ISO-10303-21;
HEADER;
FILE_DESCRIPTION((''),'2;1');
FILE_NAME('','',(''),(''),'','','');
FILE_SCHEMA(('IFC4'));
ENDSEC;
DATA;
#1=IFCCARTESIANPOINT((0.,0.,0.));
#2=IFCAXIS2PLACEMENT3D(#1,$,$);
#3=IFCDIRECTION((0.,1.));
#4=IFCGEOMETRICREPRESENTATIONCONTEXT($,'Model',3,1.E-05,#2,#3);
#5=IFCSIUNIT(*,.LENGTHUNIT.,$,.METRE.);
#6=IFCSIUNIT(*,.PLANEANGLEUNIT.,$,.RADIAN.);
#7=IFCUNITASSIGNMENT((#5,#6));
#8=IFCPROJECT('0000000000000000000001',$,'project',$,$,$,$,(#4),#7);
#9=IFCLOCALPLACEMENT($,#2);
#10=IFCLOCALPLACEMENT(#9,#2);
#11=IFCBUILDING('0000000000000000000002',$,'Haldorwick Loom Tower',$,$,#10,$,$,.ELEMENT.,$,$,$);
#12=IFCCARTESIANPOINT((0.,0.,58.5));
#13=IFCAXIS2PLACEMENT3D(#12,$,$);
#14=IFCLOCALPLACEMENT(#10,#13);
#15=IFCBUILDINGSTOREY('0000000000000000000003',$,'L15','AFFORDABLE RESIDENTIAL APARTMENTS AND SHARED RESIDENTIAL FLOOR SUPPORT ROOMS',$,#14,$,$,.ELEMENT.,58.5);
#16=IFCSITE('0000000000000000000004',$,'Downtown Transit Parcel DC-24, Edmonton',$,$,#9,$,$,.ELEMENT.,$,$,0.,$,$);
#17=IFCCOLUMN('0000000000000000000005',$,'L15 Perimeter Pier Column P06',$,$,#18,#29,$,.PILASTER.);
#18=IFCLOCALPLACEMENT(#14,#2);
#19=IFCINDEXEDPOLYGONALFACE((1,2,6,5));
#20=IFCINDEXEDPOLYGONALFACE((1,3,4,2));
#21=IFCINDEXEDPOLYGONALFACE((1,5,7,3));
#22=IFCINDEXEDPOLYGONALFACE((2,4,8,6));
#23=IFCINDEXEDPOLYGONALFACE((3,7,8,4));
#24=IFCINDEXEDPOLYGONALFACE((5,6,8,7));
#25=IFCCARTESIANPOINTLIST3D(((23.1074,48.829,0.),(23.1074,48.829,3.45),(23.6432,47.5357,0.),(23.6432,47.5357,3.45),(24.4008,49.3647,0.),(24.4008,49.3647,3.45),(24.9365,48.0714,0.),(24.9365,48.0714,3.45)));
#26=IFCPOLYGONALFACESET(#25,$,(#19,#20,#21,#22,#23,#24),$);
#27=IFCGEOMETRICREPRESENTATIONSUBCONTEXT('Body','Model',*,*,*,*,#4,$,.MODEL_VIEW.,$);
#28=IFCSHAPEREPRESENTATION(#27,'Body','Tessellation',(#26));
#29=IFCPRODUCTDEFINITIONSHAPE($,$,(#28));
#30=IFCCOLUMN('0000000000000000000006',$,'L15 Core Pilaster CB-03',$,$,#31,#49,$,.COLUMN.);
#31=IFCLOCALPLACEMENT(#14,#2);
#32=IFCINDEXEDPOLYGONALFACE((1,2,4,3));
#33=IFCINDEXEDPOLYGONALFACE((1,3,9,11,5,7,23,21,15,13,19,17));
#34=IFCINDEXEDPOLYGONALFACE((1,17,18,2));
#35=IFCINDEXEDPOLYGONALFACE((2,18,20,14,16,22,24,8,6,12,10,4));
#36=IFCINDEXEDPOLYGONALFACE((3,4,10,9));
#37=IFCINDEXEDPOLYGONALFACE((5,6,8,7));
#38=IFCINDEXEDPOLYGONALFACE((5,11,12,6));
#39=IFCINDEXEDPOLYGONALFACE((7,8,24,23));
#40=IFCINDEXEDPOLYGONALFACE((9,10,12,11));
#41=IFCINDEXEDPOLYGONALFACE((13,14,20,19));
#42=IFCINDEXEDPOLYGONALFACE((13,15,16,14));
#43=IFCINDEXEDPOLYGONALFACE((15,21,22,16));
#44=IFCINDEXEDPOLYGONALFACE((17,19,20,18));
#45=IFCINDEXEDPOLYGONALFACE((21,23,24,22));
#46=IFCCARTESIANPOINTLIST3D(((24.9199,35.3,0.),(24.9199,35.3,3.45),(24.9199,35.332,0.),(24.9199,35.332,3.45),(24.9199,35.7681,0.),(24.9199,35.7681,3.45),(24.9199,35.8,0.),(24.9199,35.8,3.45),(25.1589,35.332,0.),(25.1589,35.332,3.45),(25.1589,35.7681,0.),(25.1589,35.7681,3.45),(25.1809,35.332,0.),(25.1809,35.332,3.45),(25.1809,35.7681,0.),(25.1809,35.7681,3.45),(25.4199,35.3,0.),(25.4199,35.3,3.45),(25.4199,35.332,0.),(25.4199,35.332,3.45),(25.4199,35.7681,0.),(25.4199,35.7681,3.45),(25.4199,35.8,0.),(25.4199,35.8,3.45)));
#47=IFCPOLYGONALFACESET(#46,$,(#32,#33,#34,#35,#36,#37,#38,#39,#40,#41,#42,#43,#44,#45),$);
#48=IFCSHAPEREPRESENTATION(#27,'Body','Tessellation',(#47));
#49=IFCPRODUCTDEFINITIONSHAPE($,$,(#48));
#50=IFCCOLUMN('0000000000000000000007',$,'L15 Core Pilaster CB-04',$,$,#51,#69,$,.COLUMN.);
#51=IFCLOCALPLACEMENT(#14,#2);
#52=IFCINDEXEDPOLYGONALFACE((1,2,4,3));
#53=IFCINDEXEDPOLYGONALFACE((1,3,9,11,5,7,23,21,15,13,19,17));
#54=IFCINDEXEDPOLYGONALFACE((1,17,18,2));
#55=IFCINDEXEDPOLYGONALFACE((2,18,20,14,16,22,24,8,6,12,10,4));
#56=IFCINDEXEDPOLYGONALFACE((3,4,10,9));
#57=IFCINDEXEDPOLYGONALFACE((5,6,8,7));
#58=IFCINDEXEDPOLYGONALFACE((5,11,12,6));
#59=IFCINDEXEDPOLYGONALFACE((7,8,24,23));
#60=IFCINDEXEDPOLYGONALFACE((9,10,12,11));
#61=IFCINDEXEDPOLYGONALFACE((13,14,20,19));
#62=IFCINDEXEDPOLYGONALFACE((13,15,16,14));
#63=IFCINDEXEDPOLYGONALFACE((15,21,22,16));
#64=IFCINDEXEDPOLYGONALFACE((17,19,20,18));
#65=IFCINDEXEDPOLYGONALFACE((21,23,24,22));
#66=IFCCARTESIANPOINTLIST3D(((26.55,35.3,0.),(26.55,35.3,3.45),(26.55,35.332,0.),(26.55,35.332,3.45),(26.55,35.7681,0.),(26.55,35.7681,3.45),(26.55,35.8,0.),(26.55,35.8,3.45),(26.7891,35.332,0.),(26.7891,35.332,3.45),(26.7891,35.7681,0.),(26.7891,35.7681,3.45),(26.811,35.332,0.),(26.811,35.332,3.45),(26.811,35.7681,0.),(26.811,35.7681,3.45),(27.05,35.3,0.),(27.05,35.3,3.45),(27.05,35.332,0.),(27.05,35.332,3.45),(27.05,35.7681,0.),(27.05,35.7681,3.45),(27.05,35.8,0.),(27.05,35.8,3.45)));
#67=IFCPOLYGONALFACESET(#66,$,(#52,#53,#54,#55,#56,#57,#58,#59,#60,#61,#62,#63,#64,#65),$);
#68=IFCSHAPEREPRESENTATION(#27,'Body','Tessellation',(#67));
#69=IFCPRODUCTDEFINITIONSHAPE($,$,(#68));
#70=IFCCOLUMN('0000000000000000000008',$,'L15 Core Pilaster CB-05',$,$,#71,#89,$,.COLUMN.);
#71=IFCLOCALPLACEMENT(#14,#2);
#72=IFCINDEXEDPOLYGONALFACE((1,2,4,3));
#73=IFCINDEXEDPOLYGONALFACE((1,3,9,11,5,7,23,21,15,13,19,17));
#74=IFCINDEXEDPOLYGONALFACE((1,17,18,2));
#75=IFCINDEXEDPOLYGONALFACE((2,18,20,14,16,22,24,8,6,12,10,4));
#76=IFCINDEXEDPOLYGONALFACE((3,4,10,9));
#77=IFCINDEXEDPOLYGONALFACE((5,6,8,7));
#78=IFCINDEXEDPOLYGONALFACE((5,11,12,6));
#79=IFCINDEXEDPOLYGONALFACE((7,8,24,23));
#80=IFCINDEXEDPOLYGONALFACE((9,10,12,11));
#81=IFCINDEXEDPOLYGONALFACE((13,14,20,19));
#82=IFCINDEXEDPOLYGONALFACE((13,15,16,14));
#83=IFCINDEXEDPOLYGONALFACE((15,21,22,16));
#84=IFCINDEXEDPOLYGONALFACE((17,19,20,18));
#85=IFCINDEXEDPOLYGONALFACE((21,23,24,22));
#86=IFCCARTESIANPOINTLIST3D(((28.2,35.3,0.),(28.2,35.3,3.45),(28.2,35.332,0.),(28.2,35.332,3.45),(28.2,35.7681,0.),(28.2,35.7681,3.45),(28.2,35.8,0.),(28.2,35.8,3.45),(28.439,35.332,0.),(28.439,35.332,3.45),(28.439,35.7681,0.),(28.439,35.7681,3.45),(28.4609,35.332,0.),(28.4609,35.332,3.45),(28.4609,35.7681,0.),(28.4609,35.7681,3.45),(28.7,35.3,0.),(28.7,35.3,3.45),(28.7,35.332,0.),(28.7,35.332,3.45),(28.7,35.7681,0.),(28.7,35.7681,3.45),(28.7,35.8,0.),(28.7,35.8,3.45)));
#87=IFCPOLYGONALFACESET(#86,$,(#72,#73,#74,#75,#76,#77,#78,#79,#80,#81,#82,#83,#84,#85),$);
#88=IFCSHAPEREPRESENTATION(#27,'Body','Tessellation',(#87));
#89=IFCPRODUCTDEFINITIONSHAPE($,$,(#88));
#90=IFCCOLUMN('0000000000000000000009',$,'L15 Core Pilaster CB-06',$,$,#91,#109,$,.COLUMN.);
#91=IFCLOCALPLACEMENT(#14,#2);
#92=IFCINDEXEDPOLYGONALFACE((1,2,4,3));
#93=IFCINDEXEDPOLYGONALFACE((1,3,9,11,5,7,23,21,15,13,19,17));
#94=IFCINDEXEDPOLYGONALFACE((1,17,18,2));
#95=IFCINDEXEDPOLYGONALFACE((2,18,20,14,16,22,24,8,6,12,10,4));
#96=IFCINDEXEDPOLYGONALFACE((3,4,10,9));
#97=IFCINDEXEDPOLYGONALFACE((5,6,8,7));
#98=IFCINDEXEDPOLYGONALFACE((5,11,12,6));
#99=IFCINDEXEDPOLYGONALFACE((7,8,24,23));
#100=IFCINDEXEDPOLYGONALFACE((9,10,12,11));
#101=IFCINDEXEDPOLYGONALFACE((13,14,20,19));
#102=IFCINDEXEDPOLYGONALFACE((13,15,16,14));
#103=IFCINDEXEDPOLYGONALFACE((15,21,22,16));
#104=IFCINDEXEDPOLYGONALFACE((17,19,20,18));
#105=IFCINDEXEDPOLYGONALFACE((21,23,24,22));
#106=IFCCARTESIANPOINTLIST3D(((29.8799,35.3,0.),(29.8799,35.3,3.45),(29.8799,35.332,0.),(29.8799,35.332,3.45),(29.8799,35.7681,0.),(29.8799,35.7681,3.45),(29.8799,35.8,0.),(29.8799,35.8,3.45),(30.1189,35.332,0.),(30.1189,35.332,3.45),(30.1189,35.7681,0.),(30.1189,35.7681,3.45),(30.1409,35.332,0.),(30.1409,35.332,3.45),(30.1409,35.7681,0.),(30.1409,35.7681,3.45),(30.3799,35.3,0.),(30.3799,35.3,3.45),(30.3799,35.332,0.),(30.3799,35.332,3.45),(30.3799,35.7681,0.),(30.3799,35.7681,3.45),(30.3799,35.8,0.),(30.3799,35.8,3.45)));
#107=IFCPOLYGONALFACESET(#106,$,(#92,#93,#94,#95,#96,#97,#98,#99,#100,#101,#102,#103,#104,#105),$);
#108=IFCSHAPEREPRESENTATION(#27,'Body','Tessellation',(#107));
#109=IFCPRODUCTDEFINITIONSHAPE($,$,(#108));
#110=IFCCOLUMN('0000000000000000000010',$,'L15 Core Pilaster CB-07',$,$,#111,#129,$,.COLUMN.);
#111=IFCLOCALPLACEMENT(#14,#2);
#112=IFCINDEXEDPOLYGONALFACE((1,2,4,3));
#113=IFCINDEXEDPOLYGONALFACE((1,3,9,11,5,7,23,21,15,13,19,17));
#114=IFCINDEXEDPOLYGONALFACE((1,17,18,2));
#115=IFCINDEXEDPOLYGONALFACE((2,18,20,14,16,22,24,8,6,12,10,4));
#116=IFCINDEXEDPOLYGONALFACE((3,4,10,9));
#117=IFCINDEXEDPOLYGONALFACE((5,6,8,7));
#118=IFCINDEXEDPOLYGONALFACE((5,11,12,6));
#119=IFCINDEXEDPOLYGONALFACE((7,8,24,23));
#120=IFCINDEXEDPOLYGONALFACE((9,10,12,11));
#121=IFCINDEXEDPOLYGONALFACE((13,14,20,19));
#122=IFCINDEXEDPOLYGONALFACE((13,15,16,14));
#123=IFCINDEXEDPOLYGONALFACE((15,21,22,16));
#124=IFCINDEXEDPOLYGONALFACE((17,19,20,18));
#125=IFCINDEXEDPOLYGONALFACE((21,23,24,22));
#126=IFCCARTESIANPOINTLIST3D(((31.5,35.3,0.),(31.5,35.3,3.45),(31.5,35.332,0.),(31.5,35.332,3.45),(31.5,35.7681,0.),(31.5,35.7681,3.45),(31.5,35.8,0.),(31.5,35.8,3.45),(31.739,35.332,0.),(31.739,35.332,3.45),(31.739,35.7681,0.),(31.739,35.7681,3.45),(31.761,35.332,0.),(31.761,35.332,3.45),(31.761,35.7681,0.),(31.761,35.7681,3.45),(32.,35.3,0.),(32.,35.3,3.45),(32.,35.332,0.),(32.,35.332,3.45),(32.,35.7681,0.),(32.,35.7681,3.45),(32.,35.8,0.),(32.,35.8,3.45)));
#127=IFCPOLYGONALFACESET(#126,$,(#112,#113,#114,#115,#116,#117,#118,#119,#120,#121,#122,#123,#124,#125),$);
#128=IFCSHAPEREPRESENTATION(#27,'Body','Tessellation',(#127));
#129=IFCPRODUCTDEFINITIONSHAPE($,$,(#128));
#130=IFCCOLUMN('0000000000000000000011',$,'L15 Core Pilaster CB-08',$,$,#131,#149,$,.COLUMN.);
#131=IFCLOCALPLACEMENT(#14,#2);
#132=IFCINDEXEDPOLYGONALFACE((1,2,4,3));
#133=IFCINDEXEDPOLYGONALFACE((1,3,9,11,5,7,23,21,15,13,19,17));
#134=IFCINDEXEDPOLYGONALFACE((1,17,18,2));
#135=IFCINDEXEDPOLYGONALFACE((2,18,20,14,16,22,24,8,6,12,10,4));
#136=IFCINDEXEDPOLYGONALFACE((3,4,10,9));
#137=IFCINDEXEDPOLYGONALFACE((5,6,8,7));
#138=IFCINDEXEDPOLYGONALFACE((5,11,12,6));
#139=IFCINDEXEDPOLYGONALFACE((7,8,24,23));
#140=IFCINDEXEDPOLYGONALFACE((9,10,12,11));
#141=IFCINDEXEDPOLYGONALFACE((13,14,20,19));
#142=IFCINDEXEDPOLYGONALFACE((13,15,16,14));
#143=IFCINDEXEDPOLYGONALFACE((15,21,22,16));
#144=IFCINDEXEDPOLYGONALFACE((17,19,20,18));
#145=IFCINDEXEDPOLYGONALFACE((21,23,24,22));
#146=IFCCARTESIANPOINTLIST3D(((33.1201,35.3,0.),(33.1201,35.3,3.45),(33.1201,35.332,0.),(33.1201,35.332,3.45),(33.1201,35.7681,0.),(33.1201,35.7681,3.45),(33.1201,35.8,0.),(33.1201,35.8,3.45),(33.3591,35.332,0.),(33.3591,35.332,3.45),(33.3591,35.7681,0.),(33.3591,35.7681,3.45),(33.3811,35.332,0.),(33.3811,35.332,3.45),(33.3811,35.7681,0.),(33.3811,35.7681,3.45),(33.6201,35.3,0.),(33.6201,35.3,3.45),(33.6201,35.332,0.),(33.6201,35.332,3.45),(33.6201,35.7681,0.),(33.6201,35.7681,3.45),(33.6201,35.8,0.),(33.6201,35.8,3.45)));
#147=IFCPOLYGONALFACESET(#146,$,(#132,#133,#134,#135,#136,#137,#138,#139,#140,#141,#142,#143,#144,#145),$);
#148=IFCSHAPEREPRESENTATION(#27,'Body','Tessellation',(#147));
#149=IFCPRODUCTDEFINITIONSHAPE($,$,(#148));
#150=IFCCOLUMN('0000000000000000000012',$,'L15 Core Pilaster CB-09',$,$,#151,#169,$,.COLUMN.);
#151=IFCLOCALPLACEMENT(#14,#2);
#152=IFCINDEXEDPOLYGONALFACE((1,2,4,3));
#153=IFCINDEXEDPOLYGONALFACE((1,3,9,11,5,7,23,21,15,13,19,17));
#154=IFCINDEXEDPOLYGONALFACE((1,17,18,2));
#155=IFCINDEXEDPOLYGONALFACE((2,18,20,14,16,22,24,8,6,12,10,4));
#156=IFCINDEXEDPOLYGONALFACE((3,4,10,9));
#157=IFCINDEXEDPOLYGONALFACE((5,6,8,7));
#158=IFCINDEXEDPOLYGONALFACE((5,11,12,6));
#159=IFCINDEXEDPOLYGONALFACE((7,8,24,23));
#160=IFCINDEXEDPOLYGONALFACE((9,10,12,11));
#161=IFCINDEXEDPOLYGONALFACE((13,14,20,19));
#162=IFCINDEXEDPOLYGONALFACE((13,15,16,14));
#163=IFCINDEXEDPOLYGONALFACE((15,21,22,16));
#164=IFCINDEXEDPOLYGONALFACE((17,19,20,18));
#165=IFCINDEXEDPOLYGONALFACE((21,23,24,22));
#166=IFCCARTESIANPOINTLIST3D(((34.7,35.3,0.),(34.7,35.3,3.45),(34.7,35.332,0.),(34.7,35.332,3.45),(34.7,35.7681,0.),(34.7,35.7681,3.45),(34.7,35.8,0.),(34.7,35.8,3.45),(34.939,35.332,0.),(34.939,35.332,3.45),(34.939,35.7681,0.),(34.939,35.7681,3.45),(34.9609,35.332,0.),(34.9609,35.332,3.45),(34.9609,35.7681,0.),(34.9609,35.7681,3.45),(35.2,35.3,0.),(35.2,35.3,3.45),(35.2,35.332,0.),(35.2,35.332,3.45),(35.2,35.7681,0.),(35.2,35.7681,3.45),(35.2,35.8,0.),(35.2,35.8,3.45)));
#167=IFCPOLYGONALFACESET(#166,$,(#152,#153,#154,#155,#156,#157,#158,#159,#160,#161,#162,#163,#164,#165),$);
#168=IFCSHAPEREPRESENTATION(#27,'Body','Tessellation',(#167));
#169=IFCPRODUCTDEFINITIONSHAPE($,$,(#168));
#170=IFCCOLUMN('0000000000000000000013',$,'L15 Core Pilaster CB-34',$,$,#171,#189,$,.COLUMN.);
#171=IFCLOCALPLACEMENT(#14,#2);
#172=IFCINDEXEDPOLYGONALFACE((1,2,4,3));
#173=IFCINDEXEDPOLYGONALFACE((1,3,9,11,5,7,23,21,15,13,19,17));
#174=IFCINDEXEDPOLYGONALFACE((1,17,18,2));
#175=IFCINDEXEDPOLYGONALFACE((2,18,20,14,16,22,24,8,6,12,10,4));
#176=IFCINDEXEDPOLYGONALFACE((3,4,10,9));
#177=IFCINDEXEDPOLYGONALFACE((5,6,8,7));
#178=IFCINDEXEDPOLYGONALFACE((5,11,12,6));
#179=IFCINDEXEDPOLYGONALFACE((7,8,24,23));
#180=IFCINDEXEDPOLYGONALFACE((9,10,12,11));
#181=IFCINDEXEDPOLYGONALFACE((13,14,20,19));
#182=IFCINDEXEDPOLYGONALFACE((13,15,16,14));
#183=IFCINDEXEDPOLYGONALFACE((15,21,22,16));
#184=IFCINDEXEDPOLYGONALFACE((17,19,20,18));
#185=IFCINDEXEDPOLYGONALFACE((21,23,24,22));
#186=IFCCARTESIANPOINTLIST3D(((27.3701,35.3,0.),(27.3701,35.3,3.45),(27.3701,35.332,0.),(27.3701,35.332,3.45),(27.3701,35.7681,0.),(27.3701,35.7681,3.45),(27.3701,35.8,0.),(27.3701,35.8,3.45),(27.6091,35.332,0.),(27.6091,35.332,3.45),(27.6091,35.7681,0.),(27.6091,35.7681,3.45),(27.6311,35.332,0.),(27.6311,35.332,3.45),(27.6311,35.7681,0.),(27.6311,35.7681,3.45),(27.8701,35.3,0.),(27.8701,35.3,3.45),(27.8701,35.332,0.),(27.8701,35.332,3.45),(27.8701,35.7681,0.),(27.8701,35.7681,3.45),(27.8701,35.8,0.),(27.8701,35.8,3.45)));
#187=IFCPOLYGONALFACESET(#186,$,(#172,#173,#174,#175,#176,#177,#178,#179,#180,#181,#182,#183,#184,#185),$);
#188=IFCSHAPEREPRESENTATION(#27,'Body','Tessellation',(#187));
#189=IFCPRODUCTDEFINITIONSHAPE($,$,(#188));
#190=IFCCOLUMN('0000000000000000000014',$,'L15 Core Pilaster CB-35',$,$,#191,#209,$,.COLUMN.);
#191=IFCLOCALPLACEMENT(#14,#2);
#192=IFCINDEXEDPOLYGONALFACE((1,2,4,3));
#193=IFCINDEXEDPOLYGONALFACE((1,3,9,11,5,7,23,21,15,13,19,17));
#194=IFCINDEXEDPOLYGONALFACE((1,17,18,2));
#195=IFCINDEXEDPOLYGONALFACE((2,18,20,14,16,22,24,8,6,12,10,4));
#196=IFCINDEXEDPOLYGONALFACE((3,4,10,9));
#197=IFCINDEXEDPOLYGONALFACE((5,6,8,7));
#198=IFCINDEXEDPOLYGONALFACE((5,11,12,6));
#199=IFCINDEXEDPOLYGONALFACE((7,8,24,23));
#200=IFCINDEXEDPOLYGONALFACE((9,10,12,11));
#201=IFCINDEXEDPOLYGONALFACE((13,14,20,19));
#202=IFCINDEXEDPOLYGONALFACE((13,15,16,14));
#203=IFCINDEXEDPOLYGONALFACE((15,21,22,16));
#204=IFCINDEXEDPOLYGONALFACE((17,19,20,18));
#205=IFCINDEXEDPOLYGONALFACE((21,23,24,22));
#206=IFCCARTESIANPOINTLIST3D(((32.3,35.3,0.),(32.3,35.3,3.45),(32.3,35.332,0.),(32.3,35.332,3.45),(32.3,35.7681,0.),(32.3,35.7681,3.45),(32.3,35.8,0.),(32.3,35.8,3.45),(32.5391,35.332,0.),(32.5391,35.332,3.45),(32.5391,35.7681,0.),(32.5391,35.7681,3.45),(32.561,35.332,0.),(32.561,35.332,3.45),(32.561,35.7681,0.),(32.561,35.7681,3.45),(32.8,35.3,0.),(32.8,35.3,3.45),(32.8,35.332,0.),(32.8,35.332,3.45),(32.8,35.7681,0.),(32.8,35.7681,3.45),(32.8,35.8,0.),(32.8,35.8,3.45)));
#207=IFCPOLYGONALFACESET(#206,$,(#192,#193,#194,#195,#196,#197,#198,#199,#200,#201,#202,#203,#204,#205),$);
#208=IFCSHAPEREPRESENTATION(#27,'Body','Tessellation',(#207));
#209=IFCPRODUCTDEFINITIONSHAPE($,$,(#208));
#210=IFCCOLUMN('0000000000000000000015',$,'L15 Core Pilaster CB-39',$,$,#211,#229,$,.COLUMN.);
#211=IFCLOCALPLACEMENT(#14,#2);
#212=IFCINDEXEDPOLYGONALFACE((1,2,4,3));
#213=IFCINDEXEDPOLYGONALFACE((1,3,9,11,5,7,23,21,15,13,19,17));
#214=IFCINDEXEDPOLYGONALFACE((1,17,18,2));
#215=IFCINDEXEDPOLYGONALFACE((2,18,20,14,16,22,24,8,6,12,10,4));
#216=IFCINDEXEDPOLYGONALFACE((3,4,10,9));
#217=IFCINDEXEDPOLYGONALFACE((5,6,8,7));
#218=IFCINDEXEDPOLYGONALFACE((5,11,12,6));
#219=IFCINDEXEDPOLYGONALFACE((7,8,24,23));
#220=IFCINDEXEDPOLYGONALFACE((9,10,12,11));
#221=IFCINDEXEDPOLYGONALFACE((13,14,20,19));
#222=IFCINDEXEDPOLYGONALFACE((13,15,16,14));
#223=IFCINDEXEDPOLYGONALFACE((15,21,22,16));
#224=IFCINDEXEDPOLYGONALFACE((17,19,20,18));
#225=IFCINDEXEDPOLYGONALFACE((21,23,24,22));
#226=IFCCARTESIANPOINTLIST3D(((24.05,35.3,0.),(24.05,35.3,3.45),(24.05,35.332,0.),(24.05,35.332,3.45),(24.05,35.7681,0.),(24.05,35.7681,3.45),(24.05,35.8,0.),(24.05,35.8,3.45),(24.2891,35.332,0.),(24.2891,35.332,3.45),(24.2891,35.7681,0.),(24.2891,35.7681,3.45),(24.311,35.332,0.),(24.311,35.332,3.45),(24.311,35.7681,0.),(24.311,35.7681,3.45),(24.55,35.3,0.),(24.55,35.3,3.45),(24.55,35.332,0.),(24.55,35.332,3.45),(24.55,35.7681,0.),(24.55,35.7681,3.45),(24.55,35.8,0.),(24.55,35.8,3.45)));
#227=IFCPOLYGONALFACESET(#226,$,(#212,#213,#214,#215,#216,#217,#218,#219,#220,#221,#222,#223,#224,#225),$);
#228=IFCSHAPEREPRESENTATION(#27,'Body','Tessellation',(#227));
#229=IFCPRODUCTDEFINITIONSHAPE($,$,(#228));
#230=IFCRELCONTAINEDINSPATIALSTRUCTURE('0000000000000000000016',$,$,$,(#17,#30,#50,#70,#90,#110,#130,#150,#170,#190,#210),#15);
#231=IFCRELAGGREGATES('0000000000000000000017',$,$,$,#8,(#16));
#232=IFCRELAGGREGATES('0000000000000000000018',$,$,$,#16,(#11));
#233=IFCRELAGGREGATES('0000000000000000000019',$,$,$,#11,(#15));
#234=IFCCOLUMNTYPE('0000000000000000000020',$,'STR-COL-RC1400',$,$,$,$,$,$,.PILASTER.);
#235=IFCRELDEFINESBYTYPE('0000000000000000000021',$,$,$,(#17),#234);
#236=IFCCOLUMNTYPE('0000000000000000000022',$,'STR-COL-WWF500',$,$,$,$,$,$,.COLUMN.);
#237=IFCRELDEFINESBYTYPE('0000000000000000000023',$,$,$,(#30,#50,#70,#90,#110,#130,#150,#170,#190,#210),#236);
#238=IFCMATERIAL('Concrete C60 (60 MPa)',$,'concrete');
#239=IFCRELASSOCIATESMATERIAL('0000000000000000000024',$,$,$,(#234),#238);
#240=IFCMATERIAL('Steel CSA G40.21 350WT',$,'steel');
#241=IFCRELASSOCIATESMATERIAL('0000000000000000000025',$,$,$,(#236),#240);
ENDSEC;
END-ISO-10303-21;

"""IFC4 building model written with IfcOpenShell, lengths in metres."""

from ifc_helpers import new_model, si_unit, direction, frame, origin, origin_2d, place, context, subcontext, project, spatial, rectangle, i_section, extrude, material, material_profile, profile_set, type_object, element, save


model = new_model("IFC4")

# Units and contexts
model_context = context("Model", 3, precision=1e-05, world=origin(), true_north=direction((0.0, 1.0)))
body_context = subcontext(model_context, "Body", "Model", "MODEL_VIEW")
ifc_project = project(units=[si_unit("LENGTHUNIT", "METRE"), si_unit("PLANEANGLEUNIT", "RADIAN")], contexts=[model_context])

# Site, building, storey
site_placement = place(None, origin())
site = spatial("IfcSite", under=ifc_project, at=site_placement, Name="Downtown Transit Parcel DC-24, Edmonton", CompositionType="ELEMENT", RefElevation=0.0)
building_placement = place(site_placement, origin())
building = spatial("IfcBuilding", under=site, at=building_placement, Name="Haldorwick Loom Tower", CompositionType="ELEMENT")
storey_placement = place(building_placement, frame((0.0, 0.0, 58.5)))
storey = spatial("IfcBuildingStorey", under=building, at=storey_placement, Name="L15", Description="AFFORDABLE RESIDENTIAL APARTMENTS AND SHARED RESIDENTIAL FLOOR SUPPORT ROOMS", CompositionType="ELEMENT", Elevation=58.5)

# Columns
ifc_material_1 = material(Name="Concrete C60 (60 MPa)", Category="concrete")
ifc_material_profile_1 = material_profile(ifc_material_1, rectangle(XDim=1.3999, YDim=1.3999, at=origin_2d()), Name="RC1400X1400", Category="concrete")
ifc_profile_set_1 = profile_set([ifc_material_profile_1], Name="Concrete C60 (60 MPa)")
column_type_1 = type_object("IfcColumnType", Name="STR-COL-RC1400", PredefinedType="PILASTER", material=ifc_profile_set_1)
column_placement = place(storey_placement, frame((24.022, 48.4502, 0.0), z_axis=(0.0, 0.0, 1.0), x_axis=(-0.382683, 0.92388, 0.0)))
element("IfcColumn", 1, at=column_placement, inside=storey, type_object=column_type_1, Name="L15 Perimeter Pier Column P06", PredefinedType="PILASTER", context=body_context, shape_type="SweptSolid", body=[
    extrude(rectangle(XDim=1.3999, YDim=1.3999, at=origin_2d()), origin(), (0.0, 0.0, 1.0), 3.45),
])
ifc_material_2 = material(Name="Steel CSA G40.21 350WT", Category="steel")
ifc_material_profile_2 = material_profile(ifc_material_2, i_section(OverallWidth=0.5, OverallDepth=0.5, WebThickness=0.022, FlangeThickness=0.032, at=origin_2d()), Name="WWF500X500", Category="steel")
ifc_profile_set_2 = profile_set([ifc_material_profile_2], Name="Steel CSA G40.21 350WT")
column_type_2 = type_object("IfcColumnType", Name="STR-COL-WWF500", PredefinedType="COLUMN", material=ifc_profile_set_2)
for number, where, z_axis, x_axis, name in (
    (2, (25.1699, 35.55, 0.0), (0.0, 0.0, 1.0), (1.0, 0.0, 0.0), "L15 Core Pilaster CB-03"),
    (3, (26.8, 35.55, 0.0), (0.0, 0.0, 1.0), (1.0, 0.0, 0.0), "L15 Core Pilaster CB-04"),
    (4, (28.45, 35.55, 0.0), (0.0, 0.0, 1.0), (1.0, 0.0, 0.0), "L15 Core Pilaster CB-05"),
    (5, (30.1299, 35.55, 0.0), (0.0, 0.0, 1.0), (1.0, 0.0, 0.0), "L15 Core Pilaster CB-06"),
    (6, (31.75, 35.55, 0.0), (0.0, 0.0, 1.0), (1.0, 0.0, 0.0), "L15 Core Pilaster CB-07"),
    (7, (33.3701, 35.55, 0.0), (0.0, 0.0, 1.0), (1.0, 0.0, 0.0), "L15 Core Pilaster CB-08"),
    (8, (34.95, 35.55, 0.0), (0.0, 0.0, 1.0), (1.0, 0.0, 0.0), "L15 Core Pilaster CB-09"),
    (9, (27.6201, 35.55, 0.0), (0.0, 0.0, 1.0), (1.0, 0.0, 0.0), "L15 Core Pilaster CB-34"),
    (10, (32.55, 35.55, 0.0), (0.0, 0.0, 1.0), (1.0, 0.0, 0.0), "L15 Core Pilaster CB-35"),
    (11, (24.3, 35.55, 0.0), (0.0, 0.0, 1.0), (1.0, 0.0, 0.0), "L15 Core Pilaster CB-39"),
):
    element("IfcColumn", number, at=place(storey_placement, frame(where, z_axis=z_axis, x_axis=x_axis)), inside=storey, type_object=column_type_2, Name=name, PredefinedType="COLUMN", context=body_context, shape_type="SweptSolid", body=[
        extrude(i_section(OverallWidth=0.5, OverallDepth=0.5, WebThickness=0.022, FlangeThickness=0.032, at=origin_2d()), origin(), (0.0, 0.0, 1.0), 3.45),
    ])

save(model, "model.ifc")
